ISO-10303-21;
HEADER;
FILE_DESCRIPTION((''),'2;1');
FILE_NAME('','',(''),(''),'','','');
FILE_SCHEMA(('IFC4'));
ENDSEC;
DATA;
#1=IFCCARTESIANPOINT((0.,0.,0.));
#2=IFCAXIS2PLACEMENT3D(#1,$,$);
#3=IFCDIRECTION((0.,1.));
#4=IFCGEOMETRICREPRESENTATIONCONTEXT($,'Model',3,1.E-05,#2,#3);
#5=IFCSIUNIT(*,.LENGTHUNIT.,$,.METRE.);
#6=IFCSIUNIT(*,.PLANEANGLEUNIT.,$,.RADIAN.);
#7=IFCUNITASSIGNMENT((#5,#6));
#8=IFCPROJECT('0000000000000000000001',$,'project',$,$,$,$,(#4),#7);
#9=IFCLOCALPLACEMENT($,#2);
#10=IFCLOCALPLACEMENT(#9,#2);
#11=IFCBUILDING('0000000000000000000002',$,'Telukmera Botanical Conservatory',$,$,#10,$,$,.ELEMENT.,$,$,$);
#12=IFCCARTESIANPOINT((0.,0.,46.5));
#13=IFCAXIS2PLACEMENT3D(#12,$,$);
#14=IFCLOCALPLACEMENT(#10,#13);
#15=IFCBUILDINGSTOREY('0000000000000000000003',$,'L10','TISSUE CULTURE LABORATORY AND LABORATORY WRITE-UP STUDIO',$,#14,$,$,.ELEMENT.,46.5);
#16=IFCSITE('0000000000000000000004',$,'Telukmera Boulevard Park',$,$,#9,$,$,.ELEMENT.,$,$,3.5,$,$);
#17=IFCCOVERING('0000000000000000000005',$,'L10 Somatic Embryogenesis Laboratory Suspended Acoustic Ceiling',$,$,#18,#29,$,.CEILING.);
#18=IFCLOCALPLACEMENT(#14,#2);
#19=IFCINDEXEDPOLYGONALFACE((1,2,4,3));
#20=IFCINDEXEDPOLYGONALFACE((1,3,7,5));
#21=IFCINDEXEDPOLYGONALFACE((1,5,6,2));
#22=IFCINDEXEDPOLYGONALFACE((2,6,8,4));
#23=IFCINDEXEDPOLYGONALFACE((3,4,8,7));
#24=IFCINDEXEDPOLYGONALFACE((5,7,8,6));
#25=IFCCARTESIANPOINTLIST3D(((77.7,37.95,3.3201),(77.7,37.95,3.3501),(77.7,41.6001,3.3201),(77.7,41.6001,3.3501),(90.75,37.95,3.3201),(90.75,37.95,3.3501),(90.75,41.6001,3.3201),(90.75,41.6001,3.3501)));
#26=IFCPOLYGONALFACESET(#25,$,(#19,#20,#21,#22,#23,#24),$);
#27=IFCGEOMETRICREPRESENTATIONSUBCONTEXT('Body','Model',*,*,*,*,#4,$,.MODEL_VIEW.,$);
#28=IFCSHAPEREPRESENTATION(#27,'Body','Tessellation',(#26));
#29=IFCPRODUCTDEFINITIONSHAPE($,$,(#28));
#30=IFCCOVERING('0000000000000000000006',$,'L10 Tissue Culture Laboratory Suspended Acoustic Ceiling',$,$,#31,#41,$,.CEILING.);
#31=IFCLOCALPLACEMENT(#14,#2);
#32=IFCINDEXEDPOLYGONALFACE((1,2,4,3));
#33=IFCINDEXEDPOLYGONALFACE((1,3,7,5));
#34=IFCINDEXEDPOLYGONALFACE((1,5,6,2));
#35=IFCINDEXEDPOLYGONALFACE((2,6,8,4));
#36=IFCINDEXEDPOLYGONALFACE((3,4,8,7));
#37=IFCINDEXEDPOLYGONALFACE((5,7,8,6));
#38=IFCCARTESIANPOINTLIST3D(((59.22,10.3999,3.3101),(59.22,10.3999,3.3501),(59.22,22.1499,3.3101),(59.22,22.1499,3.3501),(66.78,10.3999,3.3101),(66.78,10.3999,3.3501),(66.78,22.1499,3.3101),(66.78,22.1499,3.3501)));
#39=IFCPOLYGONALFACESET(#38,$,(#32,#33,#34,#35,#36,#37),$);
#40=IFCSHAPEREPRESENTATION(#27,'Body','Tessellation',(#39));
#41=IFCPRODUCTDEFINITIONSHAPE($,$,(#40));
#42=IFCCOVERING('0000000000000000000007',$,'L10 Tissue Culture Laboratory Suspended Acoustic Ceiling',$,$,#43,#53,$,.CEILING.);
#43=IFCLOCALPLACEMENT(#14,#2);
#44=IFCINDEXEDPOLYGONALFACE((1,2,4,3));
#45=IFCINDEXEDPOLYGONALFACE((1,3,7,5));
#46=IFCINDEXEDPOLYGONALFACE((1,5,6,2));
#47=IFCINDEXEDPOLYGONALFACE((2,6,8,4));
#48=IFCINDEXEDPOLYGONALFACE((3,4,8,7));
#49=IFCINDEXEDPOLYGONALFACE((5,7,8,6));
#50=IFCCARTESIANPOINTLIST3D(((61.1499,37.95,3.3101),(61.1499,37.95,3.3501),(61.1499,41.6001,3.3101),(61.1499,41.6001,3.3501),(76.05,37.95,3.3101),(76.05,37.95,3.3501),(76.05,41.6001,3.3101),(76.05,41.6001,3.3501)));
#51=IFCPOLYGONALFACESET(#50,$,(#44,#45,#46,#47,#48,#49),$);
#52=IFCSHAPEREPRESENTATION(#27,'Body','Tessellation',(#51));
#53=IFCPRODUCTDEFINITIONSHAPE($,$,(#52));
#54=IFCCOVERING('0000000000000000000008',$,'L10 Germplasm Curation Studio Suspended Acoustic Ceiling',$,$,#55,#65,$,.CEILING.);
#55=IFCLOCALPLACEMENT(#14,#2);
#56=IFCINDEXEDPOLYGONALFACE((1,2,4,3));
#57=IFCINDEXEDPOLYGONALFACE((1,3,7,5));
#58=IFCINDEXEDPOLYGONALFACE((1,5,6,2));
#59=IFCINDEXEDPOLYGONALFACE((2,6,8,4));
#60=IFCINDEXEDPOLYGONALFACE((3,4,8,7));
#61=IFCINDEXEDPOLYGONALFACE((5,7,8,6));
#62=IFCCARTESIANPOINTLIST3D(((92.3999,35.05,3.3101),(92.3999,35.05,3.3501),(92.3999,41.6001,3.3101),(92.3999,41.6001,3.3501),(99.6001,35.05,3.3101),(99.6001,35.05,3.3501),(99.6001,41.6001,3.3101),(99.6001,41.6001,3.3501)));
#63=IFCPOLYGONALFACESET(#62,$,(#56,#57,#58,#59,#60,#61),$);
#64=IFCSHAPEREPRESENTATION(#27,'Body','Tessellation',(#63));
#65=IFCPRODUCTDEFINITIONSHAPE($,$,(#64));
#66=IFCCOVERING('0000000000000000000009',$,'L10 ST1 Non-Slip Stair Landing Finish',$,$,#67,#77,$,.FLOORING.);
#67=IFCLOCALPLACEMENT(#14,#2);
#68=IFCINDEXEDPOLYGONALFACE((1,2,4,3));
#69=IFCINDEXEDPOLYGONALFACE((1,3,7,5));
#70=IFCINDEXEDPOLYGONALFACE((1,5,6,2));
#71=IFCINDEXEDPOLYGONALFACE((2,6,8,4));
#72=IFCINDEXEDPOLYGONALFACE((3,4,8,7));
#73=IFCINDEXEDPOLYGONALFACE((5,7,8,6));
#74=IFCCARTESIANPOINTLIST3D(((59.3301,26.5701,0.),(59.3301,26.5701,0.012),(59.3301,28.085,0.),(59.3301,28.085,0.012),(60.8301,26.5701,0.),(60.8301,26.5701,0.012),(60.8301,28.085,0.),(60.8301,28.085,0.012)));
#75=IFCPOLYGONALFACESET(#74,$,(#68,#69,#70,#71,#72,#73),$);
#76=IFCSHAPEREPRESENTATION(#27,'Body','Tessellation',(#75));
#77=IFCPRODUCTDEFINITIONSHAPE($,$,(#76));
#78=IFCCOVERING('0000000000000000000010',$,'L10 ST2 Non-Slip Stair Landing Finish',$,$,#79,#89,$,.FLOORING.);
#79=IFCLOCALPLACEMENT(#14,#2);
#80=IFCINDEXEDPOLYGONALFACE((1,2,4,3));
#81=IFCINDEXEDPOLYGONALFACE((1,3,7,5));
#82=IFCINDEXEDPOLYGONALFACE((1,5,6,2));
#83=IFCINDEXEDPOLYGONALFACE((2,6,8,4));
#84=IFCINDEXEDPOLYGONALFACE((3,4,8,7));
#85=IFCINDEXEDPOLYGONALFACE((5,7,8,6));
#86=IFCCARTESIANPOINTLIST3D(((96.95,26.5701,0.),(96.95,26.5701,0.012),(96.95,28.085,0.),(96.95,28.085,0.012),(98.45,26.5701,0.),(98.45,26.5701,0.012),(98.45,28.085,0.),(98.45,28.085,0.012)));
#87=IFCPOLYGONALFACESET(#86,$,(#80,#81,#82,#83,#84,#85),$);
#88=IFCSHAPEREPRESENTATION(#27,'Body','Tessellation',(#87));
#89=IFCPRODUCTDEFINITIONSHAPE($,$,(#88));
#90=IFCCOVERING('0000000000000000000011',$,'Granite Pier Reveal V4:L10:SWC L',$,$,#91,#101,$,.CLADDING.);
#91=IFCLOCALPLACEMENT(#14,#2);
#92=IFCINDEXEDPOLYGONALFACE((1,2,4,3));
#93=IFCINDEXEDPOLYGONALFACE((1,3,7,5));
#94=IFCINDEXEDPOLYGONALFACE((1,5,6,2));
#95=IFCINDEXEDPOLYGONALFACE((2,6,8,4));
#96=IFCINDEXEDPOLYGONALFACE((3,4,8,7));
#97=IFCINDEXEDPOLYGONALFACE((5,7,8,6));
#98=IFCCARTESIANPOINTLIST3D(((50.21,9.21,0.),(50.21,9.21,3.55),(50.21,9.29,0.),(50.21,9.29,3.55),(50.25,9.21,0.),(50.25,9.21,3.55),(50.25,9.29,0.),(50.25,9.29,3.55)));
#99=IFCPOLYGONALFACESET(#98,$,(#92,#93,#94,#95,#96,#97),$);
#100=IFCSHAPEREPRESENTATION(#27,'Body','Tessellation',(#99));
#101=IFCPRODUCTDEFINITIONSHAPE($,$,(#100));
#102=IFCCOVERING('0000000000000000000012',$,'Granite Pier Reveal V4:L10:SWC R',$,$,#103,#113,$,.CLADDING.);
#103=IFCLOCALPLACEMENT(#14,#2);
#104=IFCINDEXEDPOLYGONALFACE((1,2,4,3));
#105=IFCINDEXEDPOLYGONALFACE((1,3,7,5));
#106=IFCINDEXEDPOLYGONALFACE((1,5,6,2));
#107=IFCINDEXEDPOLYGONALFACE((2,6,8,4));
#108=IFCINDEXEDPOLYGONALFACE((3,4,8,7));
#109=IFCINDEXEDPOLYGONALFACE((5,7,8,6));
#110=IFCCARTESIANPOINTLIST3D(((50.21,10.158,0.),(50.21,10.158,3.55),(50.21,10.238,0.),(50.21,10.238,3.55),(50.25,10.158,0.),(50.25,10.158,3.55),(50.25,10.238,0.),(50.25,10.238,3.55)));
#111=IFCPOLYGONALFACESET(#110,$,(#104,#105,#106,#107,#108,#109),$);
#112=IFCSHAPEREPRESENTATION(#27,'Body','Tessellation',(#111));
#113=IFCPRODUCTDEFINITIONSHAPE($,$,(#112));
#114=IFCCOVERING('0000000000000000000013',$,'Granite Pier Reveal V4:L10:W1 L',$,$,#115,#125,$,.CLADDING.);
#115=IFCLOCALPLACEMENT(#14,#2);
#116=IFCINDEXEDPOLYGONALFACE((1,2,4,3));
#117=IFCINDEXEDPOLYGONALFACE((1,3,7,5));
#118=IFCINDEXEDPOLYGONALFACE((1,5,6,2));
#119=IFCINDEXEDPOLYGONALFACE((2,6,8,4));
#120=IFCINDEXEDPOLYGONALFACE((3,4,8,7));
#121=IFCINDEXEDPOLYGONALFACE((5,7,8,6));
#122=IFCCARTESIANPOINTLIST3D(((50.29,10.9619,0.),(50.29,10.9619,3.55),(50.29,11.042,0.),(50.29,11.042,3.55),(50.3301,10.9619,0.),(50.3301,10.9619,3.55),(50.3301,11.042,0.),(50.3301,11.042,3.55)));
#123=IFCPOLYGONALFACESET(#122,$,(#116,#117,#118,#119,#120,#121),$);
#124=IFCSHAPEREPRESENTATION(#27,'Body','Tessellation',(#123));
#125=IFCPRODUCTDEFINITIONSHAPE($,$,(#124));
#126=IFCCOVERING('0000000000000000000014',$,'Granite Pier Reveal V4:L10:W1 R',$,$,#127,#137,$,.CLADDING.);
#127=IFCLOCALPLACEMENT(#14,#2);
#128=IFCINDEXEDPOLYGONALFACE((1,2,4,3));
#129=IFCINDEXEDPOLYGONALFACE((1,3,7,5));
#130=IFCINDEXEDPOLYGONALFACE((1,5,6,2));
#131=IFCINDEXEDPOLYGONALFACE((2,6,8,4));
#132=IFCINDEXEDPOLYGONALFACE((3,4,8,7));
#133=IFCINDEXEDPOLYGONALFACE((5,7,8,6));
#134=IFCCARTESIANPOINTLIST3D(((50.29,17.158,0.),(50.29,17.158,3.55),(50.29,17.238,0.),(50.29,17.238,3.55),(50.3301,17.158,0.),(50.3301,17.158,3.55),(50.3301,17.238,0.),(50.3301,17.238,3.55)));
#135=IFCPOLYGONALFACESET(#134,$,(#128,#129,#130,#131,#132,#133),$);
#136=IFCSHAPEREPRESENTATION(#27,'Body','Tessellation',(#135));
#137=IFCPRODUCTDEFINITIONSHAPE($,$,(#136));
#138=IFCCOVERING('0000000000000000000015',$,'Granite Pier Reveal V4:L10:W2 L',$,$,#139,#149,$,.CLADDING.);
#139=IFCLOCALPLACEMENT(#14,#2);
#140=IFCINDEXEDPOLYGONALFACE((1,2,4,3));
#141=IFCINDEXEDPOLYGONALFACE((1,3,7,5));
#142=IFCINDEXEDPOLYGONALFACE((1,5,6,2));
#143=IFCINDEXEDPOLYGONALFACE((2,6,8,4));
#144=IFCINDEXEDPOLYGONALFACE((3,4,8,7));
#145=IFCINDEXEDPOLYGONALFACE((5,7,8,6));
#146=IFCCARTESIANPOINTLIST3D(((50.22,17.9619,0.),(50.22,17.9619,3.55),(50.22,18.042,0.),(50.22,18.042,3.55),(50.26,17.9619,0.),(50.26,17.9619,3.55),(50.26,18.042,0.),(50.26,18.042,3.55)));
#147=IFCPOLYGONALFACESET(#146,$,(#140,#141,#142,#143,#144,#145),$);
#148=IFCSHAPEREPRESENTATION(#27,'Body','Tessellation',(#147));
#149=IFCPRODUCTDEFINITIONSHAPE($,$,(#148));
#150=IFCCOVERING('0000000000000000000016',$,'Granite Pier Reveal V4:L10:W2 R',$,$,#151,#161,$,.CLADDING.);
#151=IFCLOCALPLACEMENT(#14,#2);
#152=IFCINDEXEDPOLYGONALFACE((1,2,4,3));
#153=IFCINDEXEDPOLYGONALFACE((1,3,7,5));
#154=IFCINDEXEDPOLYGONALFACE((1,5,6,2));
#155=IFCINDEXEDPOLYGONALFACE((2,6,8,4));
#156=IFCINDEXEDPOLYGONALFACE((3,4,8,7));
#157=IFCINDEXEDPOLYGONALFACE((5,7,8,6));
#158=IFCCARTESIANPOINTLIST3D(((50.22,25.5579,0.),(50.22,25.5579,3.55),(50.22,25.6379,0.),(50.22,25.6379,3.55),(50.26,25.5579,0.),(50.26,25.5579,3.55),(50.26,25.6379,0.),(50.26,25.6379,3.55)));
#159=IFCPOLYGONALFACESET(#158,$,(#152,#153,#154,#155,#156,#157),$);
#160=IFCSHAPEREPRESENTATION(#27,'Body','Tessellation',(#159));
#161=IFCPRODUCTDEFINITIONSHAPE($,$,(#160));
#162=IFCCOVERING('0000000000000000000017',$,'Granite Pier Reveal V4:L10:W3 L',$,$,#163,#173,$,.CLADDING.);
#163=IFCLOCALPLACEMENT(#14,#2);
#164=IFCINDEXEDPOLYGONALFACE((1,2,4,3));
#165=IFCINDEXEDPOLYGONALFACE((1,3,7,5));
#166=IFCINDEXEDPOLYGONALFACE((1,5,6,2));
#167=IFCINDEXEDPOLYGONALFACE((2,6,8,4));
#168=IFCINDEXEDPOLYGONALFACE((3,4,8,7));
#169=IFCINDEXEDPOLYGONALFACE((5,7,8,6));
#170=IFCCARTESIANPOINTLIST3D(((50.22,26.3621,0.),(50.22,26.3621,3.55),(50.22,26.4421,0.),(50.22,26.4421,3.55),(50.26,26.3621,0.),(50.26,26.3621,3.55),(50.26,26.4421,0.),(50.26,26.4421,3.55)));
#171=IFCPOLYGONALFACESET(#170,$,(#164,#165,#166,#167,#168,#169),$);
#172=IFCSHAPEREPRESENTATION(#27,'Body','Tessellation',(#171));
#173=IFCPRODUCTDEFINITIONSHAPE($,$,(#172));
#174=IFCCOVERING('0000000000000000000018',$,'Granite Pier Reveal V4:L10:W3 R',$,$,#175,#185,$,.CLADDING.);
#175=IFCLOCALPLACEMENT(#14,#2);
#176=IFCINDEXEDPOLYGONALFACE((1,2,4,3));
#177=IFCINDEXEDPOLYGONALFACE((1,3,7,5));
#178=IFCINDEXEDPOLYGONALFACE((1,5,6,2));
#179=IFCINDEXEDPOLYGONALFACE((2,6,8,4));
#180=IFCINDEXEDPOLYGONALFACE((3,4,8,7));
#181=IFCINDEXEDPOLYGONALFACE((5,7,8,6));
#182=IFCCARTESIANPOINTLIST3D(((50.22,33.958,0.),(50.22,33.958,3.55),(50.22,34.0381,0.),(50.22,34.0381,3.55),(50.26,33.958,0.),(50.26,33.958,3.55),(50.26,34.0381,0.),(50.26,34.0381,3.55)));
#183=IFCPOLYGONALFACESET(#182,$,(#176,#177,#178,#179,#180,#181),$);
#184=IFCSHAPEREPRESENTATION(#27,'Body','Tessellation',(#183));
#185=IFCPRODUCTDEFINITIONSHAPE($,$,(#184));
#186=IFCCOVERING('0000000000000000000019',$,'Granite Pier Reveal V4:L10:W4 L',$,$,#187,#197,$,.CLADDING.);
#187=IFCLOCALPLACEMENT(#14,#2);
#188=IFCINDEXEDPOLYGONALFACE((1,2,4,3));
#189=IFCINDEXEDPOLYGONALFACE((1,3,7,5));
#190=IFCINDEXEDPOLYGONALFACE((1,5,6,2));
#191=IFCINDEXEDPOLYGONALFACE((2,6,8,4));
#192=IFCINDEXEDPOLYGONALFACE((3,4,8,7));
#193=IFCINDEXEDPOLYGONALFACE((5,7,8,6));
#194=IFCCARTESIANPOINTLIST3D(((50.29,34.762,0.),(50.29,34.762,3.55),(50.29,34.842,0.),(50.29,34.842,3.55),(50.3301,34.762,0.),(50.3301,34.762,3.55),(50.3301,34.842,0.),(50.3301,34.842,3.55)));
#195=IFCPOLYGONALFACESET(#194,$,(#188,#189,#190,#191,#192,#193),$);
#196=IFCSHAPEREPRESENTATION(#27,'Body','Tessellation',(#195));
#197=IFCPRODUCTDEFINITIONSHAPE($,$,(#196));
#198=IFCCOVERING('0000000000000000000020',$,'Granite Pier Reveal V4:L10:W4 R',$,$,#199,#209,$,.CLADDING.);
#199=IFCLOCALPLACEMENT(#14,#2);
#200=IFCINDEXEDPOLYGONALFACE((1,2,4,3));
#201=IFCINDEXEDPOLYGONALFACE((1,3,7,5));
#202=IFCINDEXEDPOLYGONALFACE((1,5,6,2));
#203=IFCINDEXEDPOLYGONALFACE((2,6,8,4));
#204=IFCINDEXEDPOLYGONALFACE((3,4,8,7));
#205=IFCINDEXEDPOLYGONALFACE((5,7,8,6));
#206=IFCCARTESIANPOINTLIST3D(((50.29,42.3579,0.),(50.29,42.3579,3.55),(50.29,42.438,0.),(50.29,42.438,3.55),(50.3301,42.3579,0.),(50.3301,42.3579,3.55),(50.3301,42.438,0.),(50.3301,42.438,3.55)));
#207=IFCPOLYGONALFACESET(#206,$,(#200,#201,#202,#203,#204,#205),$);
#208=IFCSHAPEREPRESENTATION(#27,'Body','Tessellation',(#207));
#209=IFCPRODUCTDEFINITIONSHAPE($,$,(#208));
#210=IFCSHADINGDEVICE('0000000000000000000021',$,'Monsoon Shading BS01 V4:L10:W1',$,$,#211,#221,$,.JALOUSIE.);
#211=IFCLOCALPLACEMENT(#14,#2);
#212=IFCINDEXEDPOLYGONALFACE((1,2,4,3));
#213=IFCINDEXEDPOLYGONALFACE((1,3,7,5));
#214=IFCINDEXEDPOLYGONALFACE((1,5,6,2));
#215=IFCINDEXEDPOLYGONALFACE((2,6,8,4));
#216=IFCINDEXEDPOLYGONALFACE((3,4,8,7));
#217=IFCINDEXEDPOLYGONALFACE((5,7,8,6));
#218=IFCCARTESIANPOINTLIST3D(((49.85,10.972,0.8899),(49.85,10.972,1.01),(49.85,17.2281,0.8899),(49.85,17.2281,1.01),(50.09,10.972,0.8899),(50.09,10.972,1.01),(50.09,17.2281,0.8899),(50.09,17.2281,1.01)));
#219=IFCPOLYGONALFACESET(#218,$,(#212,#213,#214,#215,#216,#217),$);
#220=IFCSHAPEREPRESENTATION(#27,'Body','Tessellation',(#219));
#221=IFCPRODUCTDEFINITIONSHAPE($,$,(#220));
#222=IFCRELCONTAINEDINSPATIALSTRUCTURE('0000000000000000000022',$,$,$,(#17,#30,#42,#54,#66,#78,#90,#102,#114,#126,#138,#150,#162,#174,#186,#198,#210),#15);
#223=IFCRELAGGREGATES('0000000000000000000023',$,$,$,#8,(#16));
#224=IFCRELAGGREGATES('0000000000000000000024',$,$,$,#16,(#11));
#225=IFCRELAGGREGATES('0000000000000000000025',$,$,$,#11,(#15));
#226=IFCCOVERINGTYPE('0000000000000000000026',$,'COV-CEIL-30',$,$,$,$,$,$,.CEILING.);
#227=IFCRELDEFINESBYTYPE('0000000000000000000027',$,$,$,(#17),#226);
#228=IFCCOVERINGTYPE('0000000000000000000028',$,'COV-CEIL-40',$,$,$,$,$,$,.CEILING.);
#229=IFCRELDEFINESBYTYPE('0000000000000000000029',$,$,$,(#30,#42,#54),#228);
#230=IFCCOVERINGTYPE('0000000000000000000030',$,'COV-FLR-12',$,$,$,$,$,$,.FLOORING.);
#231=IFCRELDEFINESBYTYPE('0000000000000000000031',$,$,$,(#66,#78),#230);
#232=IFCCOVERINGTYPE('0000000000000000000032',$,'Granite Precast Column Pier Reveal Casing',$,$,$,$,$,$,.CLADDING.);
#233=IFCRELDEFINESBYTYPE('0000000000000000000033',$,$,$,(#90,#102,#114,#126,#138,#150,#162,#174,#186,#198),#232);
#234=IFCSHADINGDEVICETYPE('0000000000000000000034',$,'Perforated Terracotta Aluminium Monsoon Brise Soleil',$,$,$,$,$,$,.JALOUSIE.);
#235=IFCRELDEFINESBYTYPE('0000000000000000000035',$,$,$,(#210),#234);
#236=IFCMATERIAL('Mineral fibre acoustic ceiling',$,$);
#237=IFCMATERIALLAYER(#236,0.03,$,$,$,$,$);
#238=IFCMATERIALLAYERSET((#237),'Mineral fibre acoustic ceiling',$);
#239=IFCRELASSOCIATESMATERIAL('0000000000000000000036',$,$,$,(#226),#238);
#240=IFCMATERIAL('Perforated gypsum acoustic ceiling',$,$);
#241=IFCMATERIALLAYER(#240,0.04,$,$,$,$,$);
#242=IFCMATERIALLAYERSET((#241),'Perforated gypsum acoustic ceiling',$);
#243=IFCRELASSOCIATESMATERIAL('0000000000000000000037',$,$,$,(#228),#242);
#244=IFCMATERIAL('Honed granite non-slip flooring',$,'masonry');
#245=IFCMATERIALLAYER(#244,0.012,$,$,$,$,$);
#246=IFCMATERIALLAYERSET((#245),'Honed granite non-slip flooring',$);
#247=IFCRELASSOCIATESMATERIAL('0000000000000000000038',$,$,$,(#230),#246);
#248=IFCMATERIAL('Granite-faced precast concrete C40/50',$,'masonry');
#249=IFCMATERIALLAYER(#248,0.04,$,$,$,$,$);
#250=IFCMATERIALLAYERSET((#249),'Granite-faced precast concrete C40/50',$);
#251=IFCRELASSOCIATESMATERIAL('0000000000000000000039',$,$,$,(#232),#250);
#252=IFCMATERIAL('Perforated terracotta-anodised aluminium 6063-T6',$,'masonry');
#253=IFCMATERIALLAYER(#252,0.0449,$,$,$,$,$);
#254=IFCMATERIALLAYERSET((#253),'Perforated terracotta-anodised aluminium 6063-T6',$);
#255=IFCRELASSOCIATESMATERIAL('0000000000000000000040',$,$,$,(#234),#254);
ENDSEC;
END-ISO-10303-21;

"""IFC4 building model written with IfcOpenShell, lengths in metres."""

from ifc_helpers import new_model, si_unit, direction, frame, origin, origin_2d, place, context, subcontext, project, spatial, polyline, rectangle, outline, extrude, material, layer, layer_set, type_object, element, save


model = new_model("IFC4")

# Units and contexts
model_context = context("Model", 3, precision=1e-05, world=origin(), true_north=direction((0.0, 1.0)))
body_context = subcontext(model_context, "Body", "Model", "MODEL_VIEW")
ifc_project = project(units=[si_unit("LENGTHUNIT", "METRE"), si_unit("PLANEANGLEUNIT", "RADIAN")], contexts=[model_context])

# Site, building, storey
site_placement = place(None, origin())
site = spatial("IfcSite", under=ifc_project, at=site_placement, Name="Telukmera Boulevard Park", CompositionType="ELEMENT", RefElevation=3.5)
building_placement = place(site_placement, origin())
building = spatial("IfcBuilding", under=site, at=building_placement, Name="Telukmera Botanical Conservatory", CompositionType="ELEMENT")
storey_placement = place(building_placement, frame((0.0, 0.0, 46.5)))
storey = spatial("IfcBuildingStorey", under=building, at=storey_placement, Name="L10", Description="TISSUE CULTURE LABORATORY AND LABORATORY WRITE-UP STUDIO", CompositionType="ELEMENT", Elevation=46.5)

# Coverings
ifc_material_1 = material(Name="Mineral fibre acoustic ceiling")
ifc_layer_1 = layer(ifc_material_1, 0.03)
ifc_layer_set_1 = layer_set([ifc_layer_1], Name="Mineral fibre acoustic ceiling")
covering_type_1 = type_object("IfcCoveringType", Name="COV-CEIL-30", PredefinedType="CEILING", material=ifc_layer_set_1)
covering_1_placement = place(storey_placement, frame((0.0, 0.0, 3.3201)))
element("IfcCovering", 1, at=covering_1_placement, inside=storey, type_object=covering_type_1, Name="L10 Somatic Embryogenesis Laboratory Suspended Acoustic Ceiling", PredefinedType="CEILING", context=body_context, shape_type="SweptSolid", body=[
    extrude(outline(polyline([(77.7, 37.95), (90.75, 37.95), (90.75, 41.6001), (77.7, 41.6001), (77.7, 37.95)])), origin(), (0.0, 0.0, 1.0), 0.03),
])
ifc_material_2 = material(Name="Perforated gypsum acoustic ceiling")
ifc_layer_2 = layer(ifc_material_2, 0.04)
ifc_layer_set_2 = layer_set([ifc_layer_2], Name="Perforated gypsum acoustic ceiling")
covering_type_2 = type_object("IfcCoveringType", Name="COV-CEIL-40", PredefinedType="CEILING", material=ifc_layer_set_2)
covering_2_placement = place(storey_placement, frame((0.0, 0.0, 3.3101)))
element("IfcCovering", 2, at=covering_2_placement, inside=storey, type_object=covering_type_2, Name="L10 Tissue Culture Laboratory Suspended Acoustic Ceiling", PredefinedType="CEILING", context=body_context, shape_type="SweptSolid", body=[
    extrude(outline(polyline([(59.22, 10.3999), (66.78, 10.3999), (66.78, 22.1499), (59.22, 22.1499), (59.22, 10.3999)])), origin(), (0.0, 0.0, 1.0), 0.04),
])
covering_3_placement = place(storey_placement, frame((0.0, 0.0, 3.3101)))
element("IfcCovering", 3, at=covering_3_placement, inside=storey, type_object=covering_type_2, Name="L10 Tissue Culture Laboratory Suspended Acoustic Ceiling", PredefinedType="CEILING", context=body_context, shape_type="SweptSolid", body=[
    extrude(outline(polyline([(61.1499, 37.95), (76.05, 37.95), (76.05, 41.6001), (61.1499, 41.6001), (61.1499, 37.95)])), origin(), (0.0, 0.0, 1.0), 0.04),
])
covering_4_placement = place(storey_placement, frame((0.0, 0.0, 3.3101)))
element("IfcCovering", 4, at=covering_4_placement, inside=storey, type_object=covering_type_2, Name="L10 Germplasm Curation Studio Suspended Acoustic Ceiling", PredefinedType="CEILING", context=body_context, shape_type="SweptSolid", body=[
    extrude(outline(polyline([(92.3999, 35.05), (99.6001, 35.05), (99.6001, 41.6001), (92.3999, 41.6001), (92.3999, 35.05)])), origin(), (0.0, 0.0, 1.0), 0.04),
])
ifc_material_3 = material(Name="Honed granite non-slip flooring", Category="masonry")
ifc_layer_3 = layer(ifc_material_3, 0.012)
ifc_layer_set_3 = layer_set([ifc_layer_3], Name="Honed granite non-slip flooring")
covering_type_3 = type_object("IfcCoveringType", Name="COV-FLR-12", PredefinedType="FLOORING", material=ifc_layer_set_3)
covering_5_placement = place(storey_placement, origin())
element("IfcCovering", 5, at=covering_5_placement, inside=storey, type_object=covering_type_3, Name="L10 ST1 Non-Slip Stair Landing Finish", PredefinedType="FLOORING", context=body_context, shape_type="SweptSolid", body=[
    extrude(outline(polyline([(60.8301, 26.5701), (60.8301, 28.085), (59.3301, 28.085), (59.3301, 26.5701), (60.8301, 26.5701)])), origin(), (0.0, 0.0, 1.0), 0.012),
])
covering_6_placement = place(storey_placement, origin())
element("IfcCovering", 6, at=covering_6_placement, inside=storey, type_object=covering_type_3, Name="L10 ST2 Non-Slip Stair Landing Finish", PredefinedType="FLOORING", context=body_context, shape_type="SweptSolid", body=[
    extrude(outline(polyline([(98.45, 26.5701), (98.45, 28.085), (96.95, 28.085), (96.95, 26.5701), (98.45, 26.5701)])), origin(), (0.0, 0.0, 1.0), 0.012),
])
ifc_material_4 = material(Name="Granite-faced precast concrete C40/50", Category="masonry")
ifc_layer_4 = layer(ifc_material_4, 0.04)
ifc_layer_set_4 = layer_set([ifc_layer_4], Name="Granite-faced precast concrete C40/50")
covering_type_4 = type_object("IfcCoveringType", Name="Granite Precast Column Pier Reveal Casing", PredefinedType="CLADDING", material=ifc_layer_set_4)
for number, where, z_axis, x_axis, name in (
    (7, (50.23, 9.25, 0.0), (0.0, 0.0, 1.0), (0.0, 1.0, 0.0), "Granite Pier Reveal V4:L10:SWC L"),
    (8, (50.23, 10.198, 0.0), (0.0, 0.0, 1.0), (0.0, 1.0, 0.0), "Granite Pier Reveal V4:L10:SWC R"),
    (9, (50.3101, 11.002, 0.0), (0.0, 0.0, 1.0), (0.0, 1.0, 0.0), "Granite Pier Reveal V4:L10:W1 L"),
    (10, (50.3101, 17.198, 0.0), (0.0, 0.0, 1.0), (0.0, 1.0, 0.0), "Granite Pier Reveal V4:L10:W1 R"),
    (11, (50.24, 18.002, 0.0), (0.0, 0.0, 1.0), (0.0, 1.0, 0.0), "Granite Pier Reveal V4:L10:W2 L"),
    (12, (50.24, 25.5979, 0.0), (0.0, 0.0, 1.0), (0.0, 1.0, 0.0), "Granite Pier Reveal V4:L10:W2 R"),
    (13, (50.24, 26.4021, 0.0), (0.0, 0.0, 1.0), (0.0, 1.0, 0.0), "Granite Pier Reveal V4:L10:W3 L"),
    (14, (50.24, 33.998, 0.0), (0.0, 0.0, 1.0), (0.0, 1.0, 0.0), "Granite Pier Reveal V4:L10:W3 R"),
    (15, (50.3101, 34.802, 0.0), (0.0, 0.0, 1.0), (0.0, 1.0, 0.0), "Granite Pier Reveal V4:L10:W4 L"),
    (16, (50.3101, 42.3979, 0.0), (0.0, 0.0, 1.0), (0.0, 1.0, 0.0), "Granite Pier Reveal V4:L10:W4 R"),
):
    element("IfcCovering", number, at=place(storey_placement, frame(where, z_axis=z_axis, x_axis=x_axis)), inside=storey, type_object=covering_type_4, Name=name, PredefinedType="CLADDING", context=body_context, shape_type="SweptSolid", body=[
        extrude(rectangle(XDim=0.0801, YDim=0.04, at=origin_2d()), origin(), (0.0, 0.0, 1.0), 3.55),
    ])

# Shading device
ifc_material_5 = material(Name="Perforated terracotta-anodised aluminium 6063-T6", Category="masonry")
ifc_layer_5 = layer(ifc_material_5, 0.0449)
ifc_layer_set_5 = layer_set([ifc_layer_5], Name="Perforated terracotta-anodised aluminium 6063-T6")
shading_device_type = type_object("IfcShadingDeviceType", Name="Perforated Terracotta Aluminium Monsoon Brise Soleil", PredefinedType="JALOUSIE", material=ifc_layer_set_5)
shading_device_1_placement = place(storey_placement, frame((49.97, 14.1001, 0.8899), z_axis=(0.0, 0.0, 1.0), x_axis=(0.0, 1.0, 0.0)))
element("IfcShadingDevice", 17, at=shading_device_1_placement, inside=storey, type_object=shading_device_type, Name="Monsoon Shading BS01 V4:L10:W1", PredefinedType="JALOUSIE", context=body_context, shape_type="SweptSolid", body=[
    extrude(rectangle(XDim=6.2561, YDim=0.24, at=origin_2d()), origin(), (0.0, 0.0, 1.0), 0.1201),
])

save(model, "model.ifc")
